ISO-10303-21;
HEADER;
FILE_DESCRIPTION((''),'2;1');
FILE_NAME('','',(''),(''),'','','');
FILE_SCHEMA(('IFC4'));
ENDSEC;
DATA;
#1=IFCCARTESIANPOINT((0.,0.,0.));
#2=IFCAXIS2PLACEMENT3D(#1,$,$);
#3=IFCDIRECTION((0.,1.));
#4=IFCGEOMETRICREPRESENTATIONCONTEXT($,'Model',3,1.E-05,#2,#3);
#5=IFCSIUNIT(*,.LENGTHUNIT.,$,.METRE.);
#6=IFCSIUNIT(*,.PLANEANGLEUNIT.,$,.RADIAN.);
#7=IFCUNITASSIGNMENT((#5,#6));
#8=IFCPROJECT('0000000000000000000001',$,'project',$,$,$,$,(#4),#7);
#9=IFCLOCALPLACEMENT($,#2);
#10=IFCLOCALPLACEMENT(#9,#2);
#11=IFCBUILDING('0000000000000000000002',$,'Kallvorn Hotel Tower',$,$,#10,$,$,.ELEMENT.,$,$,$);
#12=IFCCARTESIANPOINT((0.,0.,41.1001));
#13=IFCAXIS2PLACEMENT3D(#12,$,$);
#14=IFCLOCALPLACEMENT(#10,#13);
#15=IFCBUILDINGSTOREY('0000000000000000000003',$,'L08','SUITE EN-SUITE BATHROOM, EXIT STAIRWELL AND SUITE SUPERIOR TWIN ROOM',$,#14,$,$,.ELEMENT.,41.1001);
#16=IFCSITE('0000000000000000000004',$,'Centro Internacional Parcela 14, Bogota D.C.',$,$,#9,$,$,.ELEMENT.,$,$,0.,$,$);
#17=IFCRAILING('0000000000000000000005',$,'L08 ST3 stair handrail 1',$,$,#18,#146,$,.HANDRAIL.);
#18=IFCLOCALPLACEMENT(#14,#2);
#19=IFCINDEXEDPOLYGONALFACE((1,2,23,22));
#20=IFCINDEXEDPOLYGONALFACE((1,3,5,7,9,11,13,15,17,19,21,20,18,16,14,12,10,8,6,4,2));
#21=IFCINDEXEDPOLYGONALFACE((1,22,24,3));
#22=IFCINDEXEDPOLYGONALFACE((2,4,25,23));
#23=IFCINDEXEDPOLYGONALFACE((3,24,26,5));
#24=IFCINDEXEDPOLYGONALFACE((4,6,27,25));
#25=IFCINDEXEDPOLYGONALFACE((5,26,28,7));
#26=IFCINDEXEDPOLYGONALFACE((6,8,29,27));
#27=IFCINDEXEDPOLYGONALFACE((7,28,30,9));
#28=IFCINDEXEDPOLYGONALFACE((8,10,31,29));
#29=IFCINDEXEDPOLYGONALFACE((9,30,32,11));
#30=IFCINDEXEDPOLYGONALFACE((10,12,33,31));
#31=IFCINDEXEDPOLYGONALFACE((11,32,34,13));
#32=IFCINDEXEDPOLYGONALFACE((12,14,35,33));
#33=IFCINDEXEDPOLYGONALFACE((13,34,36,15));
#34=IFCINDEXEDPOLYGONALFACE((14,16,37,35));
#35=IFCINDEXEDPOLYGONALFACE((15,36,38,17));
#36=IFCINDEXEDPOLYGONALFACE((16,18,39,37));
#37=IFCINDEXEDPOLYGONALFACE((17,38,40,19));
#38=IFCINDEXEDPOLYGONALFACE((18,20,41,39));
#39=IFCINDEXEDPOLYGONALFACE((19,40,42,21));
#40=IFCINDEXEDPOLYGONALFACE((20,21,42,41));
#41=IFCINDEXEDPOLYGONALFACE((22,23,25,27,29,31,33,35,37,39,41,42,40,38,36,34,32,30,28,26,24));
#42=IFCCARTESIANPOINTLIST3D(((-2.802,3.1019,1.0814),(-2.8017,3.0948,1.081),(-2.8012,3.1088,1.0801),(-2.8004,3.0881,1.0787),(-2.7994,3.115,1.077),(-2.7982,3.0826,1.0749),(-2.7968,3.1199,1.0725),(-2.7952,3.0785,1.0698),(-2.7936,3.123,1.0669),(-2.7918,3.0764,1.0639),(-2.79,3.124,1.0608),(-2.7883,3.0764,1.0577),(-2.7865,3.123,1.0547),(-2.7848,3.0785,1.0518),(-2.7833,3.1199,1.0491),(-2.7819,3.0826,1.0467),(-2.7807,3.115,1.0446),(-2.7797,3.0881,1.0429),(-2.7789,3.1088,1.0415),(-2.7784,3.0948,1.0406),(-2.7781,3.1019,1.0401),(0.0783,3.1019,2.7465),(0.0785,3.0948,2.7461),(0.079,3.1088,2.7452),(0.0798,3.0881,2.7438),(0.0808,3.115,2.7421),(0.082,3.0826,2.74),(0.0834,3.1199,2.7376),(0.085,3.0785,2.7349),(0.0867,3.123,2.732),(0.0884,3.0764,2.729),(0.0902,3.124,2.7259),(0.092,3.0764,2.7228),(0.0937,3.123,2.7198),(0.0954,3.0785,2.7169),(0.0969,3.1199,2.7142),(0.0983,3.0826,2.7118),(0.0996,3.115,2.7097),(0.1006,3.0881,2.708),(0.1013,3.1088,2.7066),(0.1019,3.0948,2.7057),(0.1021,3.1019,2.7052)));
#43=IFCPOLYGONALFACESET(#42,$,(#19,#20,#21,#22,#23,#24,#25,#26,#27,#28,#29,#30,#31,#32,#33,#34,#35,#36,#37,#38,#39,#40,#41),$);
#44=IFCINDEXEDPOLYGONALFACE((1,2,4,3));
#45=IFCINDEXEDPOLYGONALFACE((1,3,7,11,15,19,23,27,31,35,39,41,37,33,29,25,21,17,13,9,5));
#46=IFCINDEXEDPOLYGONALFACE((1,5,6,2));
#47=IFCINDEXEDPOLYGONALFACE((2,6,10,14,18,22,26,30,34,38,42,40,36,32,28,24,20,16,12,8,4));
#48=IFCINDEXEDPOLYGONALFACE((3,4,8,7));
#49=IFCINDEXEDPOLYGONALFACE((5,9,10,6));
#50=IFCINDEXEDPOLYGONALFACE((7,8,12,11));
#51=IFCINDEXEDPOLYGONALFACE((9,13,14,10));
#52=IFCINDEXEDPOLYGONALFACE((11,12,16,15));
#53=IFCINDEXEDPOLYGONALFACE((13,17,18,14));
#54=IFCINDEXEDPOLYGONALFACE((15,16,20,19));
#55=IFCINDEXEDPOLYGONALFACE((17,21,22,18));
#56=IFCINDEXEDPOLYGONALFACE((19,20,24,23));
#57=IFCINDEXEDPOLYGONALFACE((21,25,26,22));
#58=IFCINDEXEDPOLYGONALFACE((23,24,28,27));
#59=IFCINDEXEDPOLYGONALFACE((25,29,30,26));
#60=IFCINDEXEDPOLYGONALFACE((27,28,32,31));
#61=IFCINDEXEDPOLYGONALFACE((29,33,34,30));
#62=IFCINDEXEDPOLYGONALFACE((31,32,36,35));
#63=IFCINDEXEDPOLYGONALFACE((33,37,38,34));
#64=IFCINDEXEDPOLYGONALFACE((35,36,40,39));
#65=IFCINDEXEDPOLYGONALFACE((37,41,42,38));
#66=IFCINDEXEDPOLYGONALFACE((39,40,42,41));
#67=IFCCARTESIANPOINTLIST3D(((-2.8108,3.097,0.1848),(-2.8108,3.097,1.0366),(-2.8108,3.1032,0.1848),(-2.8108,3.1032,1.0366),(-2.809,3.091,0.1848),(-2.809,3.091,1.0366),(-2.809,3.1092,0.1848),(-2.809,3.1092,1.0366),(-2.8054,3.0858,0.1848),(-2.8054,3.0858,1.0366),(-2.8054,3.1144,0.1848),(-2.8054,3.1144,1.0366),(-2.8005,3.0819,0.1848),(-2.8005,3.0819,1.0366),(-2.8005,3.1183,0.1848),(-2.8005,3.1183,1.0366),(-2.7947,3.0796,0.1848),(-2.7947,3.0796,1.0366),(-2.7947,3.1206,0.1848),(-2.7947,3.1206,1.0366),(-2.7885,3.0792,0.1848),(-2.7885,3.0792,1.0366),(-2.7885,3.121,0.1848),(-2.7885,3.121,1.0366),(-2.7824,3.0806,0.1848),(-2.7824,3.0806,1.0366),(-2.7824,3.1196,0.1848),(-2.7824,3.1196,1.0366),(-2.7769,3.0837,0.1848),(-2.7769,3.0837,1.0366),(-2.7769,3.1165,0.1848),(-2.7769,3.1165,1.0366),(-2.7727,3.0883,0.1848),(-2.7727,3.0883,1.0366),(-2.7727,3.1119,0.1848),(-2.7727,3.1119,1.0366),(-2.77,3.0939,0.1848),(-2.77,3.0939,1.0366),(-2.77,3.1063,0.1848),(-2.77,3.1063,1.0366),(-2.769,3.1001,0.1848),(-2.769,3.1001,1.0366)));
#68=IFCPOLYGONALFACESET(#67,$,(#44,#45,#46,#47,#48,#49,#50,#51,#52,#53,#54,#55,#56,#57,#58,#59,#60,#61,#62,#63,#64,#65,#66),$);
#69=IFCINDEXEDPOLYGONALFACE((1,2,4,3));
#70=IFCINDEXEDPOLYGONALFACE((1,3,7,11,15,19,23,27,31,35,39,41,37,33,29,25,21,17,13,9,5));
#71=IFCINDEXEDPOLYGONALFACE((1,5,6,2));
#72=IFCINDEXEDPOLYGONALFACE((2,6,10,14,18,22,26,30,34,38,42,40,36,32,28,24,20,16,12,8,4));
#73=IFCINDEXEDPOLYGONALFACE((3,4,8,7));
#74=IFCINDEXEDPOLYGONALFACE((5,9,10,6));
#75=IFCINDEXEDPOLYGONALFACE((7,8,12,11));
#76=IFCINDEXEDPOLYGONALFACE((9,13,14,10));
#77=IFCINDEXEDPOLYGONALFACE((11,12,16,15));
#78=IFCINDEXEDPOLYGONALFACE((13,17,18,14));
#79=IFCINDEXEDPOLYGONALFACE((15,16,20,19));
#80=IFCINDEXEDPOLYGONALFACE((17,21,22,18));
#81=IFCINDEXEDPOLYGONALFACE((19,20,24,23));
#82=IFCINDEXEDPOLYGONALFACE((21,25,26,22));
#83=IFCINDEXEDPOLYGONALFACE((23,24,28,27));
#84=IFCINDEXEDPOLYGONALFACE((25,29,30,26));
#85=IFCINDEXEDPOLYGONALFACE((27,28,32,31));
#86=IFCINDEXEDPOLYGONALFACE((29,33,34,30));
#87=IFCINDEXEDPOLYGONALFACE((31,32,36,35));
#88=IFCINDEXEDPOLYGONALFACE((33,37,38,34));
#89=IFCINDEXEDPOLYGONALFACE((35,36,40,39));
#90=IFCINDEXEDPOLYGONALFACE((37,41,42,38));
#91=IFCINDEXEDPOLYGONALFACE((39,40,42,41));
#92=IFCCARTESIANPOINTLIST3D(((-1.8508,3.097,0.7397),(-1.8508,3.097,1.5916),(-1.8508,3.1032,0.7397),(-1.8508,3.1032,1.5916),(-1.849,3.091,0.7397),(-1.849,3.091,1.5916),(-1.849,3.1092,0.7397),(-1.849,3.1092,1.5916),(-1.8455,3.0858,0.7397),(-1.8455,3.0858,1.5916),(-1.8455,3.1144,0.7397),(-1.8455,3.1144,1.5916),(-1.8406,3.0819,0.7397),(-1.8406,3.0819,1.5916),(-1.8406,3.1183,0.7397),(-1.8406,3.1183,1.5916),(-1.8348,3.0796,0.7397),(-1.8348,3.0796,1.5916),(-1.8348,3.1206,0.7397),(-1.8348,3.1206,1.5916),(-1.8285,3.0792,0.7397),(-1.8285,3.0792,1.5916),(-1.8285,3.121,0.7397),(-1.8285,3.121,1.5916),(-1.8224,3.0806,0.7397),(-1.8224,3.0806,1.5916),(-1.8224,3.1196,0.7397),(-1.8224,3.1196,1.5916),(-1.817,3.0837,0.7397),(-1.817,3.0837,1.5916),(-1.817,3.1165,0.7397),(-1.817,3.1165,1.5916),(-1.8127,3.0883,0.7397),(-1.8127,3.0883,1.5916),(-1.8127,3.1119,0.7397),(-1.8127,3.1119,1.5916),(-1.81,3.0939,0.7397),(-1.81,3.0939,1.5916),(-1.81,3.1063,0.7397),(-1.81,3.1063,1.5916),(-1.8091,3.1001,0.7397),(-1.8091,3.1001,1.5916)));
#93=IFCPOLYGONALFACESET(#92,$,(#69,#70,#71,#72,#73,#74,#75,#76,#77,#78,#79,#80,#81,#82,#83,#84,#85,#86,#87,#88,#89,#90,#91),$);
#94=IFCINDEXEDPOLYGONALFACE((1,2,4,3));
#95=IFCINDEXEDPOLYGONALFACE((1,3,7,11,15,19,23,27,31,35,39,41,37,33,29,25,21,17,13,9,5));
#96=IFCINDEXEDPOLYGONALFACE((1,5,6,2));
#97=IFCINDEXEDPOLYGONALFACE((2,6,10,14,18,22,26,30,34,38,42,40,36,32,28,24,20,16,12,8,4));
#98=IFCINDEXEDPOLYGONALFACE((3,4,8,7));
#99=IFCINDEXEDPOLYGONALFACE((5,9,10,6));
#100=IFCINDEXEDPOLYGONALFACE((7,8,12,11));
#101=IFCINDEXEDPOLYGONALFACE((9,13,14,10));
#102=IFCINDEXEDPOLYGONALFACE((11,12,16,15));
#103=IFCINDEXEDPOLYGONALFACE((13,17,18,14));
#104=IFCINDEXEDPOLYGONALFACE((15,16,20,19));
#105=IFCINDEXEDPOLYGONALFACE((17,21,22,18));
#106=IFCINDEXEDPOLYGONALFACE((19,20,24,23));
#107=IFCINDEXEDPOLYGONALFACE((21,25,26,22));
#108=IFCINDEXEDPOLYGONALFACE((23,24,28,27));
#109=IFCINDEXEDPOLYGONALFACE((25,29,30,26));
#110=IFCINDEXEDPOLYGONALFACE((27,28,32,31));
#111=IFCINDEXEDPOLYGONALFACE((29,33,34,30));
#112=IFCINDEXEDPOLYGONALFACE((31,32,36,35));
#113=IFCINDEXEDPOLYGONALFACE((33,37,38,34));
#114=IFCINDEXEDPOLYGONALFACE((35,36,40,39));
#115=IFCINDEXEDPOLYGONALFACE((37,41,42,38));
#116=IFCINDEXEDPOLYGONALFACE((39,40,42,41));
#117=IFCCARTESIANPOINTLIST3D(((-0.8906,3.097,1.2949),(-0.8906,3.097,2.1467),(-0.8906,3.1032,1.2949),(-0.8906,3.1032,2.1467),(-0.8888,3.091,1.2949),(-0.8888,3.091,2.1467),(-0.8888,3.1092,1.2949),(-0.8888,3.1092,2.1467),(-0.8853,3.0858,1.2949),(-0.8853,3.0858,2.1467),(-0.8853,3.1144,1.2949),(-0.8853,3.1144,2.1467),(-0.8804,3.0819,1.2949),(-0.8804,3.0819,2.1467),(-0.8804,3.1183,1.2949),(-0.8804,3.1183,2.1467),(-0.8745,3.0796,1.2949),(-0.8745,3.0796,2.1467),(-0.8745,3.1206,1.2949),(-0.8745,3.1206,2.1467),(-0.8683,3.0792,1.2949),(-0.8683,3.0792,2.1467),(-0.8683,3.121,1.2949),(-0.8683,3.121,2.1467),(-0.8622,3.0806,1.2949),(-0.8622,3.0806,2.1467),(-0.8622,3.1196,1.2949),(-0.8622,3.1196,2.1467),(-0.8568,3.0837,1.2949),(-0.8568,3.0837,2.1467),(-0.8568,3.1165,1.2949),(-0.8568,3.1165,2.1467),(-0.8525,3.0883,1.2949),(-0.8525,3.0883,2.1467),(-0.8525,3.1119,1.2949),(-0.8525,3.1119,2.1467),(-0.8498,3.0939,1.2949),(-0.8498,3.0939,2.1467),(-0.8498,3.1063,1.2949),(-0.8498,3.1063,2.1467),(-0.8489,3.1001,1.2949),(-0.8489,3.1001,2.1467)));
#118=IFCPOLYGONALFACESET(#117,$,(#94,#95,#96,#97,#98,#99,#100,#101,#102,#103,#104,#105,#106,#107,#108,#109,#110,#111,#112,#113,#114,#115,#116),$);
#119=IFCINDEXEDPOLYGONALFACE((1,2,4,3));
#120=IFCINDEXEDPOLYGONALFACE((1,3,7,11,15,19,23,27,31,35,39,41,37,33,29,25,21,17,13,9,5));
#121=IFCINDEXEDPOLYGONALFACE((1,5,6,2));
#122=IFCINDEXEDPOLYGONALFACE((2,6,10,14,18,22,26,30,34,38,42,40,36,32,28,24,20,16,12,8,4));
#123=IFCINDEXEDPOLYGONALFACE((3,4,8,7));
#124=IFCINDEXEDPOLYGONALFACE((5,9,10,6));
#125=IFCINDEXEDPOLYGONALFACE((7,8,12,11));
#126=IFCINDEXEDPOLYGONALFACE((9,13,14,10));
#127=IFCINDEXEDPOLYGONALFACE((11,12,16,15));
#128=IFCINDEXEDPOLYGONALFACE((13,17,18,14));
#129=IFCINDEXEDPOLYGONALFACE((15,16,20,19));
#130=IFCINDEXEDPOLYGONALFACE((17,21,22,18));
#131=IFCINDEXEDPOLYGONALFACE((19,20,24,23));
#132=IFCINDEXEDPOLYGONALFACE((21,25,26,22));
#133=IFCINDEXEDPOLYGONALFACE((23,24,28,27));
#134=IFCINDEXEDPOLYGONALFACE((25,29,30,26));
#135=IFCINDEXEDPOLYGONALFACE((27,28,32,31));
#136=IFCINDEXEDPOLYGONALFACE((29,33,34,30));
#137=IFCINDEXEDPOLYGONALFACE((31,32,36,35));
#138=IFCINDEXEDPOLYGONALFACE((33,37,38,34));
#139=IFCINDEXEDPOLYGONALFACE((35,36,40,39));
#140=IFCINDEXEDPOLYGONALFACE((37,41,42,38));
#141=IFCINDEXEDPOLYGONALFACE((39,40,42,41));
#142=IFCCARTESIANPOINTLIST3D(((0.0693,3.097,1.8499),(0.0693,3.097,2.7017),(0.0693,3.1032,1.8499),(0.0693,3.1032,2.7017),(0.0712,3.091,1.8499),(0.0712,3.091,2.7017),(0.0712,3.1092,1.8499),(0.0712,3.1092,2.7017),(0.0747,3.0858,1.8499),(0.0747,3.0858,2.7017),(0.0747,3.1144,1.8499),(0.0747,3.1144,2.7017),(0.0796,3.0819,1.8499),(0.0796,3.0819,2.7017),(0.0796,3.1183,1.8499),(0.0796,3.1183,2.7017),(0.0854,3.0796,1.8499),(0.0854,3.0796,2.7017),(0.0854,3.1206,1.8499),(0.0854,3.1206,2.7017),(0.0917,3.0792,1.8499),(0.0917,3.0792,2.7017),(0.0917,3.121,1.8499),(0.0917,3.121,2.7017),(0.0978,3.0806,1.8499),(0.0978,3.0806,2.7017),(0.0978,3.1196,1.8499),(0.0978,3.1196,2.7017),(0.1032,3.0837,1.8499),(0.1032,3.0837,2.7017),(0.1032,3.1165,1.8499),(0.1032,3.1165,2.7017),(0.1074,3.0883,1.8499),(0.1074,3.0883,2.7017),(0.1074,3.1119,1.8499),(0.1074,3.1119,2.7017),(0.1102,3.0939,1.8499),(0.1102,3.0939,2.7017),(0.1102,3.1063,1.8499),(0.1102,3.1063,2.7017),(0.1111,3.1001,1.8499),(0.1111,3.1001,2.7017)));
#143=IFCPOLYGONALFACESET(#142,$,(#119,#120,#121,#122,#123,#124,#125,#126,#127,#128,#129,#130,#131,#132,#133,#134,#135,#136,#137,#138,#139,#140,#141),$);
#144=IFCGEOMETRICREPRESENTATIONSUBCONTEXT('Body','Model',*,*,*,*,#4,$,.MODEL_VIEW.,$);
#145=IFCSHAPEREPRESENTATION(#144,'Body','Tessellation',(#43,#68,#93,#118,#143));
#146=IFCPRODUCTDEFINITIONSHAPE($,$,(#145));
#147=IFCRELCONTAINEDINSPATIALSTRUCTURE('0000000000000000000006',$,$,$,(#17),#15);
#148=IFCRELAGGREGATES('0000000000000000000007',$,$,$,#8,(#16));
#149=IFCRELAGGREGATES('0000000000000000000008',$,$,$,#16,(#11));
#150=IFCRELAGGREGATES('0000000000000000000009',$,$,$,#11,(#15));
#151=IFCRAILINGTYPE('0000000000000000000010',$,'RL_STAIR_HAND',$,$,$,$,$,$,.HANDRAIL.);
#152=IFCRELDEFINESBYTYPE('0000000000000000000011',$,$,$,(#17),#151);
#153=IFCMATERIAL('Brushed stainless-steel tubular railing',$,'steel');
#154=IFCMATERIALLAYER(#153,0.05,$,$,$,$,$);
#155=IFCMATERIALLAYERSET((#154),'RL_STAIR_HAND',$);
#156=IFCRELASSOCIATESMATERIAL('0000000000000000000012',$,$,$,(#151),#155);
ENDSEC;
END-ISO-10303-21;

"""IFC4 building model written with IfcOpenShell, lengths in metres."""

from ifc_helpers import new_model, si_unit, direction, frame, origin, origin_2d, place, context, subcontext, project, spatial, circle, extrude, material, layer, layer_set, type_object, element, save


model = new_model("IFC4")

# Units and contexts
model_context = context("Model", 3, precision=1e-05, world=origin(), true_north=direction((0.0, 1.0)))
body_context = subcontext(model_context, "Body", "Model", "MODEL_VIEW")
ifc_project = project(units=[si_unit("LENGTHUNIT", "METRE"), si_unit("PLANEANGLEUNIT", "RADIAN")], contexts=[model_context])

# Site, building, storey
site_placement = place(None, origin())
site = spatial("IfcSite", under=ifc_project, at=site_placement, Name="Centro Internacional Parcela 14, Bogota D.C.", CompositionType="ELEMENT", RefElevation=0.0)
building_placement = place(site_placement, origin())
building = spatial("IfcBuilding", under=site, at=building_placement, Name="Kallvorn Hotel Tower", CompositionType="ELEMENT")
storey_placement = place(building_placement, frame((0.0, 0.0, 41.1001)))
storey = spatial("IfcBuildingStorey", under=building, at=storey_placement, Name="L08", Description="SUITE EN-SUITE BATHROOM, EXIT STAIRWELL AND SUITE SUPERIOR TWIN ROOM", CompositionType="ELEMENT", Elevation=41.1001)

# Railing
ifc_material_1 = material(Name="Brushed stainless-steel tubular railing", Category="steel")
ifc_layer_1 = layer(ifc_material_1, 0.05)
ifc_layer_set_1 = layer_set([ifc_layer_1], Name="RL_STAIR_HAND")
railing_type_1 = type_object("IfcRailingType", Name="RL_STAIR_HAND", PredefinedType="HANDRAIL", material=ifc_layer_set_1)
railing_1_placement = place(storey_placement, frame((-2.79, 3.1001, 0.1848)))
element("IfcRailing", 1, at=railing_1_placement, inside=storey, type_object=railing_type_1, Name="L08 ST3 stair handrail 1", PredefinedType="HANDRAIL", context=body_context, shape_type="SweptSolid", body=[
    extrude(circle(Radius=0.0239, at=origin_2d()), frame((0.0, 0.0, 0.876), z_axis=(0.865739, 0.0, 0.500495), x_axis=(0.0, 1.0, 0.0)), (0.0, 0.0, 1.0), 3.3269),
    extrude(circle(Radius=0.021, at=origin_2d()), origin(), (0.0, 0.0, 1.0), 0.8518),
    extrude(circle(Radius=0.021, at=origin_2d()), frame((0.96, 0.0, 0.5549)), (0.0, 0.0, 1.0), 0.8518),
    extrude(circle(Radius=0.021, at=origin_2d()), frame((1.9202, 0.0, 1.1101)), (0.0, 0.0, 1.0), 0.8518),
    extrude(circle(Radius=0.021, at=origin_2d()), frame((2.8801, 0.0, 1.665)), (0.0, 0.0, 1.0), 0.8518),
])

save(model, "model.ifc")
